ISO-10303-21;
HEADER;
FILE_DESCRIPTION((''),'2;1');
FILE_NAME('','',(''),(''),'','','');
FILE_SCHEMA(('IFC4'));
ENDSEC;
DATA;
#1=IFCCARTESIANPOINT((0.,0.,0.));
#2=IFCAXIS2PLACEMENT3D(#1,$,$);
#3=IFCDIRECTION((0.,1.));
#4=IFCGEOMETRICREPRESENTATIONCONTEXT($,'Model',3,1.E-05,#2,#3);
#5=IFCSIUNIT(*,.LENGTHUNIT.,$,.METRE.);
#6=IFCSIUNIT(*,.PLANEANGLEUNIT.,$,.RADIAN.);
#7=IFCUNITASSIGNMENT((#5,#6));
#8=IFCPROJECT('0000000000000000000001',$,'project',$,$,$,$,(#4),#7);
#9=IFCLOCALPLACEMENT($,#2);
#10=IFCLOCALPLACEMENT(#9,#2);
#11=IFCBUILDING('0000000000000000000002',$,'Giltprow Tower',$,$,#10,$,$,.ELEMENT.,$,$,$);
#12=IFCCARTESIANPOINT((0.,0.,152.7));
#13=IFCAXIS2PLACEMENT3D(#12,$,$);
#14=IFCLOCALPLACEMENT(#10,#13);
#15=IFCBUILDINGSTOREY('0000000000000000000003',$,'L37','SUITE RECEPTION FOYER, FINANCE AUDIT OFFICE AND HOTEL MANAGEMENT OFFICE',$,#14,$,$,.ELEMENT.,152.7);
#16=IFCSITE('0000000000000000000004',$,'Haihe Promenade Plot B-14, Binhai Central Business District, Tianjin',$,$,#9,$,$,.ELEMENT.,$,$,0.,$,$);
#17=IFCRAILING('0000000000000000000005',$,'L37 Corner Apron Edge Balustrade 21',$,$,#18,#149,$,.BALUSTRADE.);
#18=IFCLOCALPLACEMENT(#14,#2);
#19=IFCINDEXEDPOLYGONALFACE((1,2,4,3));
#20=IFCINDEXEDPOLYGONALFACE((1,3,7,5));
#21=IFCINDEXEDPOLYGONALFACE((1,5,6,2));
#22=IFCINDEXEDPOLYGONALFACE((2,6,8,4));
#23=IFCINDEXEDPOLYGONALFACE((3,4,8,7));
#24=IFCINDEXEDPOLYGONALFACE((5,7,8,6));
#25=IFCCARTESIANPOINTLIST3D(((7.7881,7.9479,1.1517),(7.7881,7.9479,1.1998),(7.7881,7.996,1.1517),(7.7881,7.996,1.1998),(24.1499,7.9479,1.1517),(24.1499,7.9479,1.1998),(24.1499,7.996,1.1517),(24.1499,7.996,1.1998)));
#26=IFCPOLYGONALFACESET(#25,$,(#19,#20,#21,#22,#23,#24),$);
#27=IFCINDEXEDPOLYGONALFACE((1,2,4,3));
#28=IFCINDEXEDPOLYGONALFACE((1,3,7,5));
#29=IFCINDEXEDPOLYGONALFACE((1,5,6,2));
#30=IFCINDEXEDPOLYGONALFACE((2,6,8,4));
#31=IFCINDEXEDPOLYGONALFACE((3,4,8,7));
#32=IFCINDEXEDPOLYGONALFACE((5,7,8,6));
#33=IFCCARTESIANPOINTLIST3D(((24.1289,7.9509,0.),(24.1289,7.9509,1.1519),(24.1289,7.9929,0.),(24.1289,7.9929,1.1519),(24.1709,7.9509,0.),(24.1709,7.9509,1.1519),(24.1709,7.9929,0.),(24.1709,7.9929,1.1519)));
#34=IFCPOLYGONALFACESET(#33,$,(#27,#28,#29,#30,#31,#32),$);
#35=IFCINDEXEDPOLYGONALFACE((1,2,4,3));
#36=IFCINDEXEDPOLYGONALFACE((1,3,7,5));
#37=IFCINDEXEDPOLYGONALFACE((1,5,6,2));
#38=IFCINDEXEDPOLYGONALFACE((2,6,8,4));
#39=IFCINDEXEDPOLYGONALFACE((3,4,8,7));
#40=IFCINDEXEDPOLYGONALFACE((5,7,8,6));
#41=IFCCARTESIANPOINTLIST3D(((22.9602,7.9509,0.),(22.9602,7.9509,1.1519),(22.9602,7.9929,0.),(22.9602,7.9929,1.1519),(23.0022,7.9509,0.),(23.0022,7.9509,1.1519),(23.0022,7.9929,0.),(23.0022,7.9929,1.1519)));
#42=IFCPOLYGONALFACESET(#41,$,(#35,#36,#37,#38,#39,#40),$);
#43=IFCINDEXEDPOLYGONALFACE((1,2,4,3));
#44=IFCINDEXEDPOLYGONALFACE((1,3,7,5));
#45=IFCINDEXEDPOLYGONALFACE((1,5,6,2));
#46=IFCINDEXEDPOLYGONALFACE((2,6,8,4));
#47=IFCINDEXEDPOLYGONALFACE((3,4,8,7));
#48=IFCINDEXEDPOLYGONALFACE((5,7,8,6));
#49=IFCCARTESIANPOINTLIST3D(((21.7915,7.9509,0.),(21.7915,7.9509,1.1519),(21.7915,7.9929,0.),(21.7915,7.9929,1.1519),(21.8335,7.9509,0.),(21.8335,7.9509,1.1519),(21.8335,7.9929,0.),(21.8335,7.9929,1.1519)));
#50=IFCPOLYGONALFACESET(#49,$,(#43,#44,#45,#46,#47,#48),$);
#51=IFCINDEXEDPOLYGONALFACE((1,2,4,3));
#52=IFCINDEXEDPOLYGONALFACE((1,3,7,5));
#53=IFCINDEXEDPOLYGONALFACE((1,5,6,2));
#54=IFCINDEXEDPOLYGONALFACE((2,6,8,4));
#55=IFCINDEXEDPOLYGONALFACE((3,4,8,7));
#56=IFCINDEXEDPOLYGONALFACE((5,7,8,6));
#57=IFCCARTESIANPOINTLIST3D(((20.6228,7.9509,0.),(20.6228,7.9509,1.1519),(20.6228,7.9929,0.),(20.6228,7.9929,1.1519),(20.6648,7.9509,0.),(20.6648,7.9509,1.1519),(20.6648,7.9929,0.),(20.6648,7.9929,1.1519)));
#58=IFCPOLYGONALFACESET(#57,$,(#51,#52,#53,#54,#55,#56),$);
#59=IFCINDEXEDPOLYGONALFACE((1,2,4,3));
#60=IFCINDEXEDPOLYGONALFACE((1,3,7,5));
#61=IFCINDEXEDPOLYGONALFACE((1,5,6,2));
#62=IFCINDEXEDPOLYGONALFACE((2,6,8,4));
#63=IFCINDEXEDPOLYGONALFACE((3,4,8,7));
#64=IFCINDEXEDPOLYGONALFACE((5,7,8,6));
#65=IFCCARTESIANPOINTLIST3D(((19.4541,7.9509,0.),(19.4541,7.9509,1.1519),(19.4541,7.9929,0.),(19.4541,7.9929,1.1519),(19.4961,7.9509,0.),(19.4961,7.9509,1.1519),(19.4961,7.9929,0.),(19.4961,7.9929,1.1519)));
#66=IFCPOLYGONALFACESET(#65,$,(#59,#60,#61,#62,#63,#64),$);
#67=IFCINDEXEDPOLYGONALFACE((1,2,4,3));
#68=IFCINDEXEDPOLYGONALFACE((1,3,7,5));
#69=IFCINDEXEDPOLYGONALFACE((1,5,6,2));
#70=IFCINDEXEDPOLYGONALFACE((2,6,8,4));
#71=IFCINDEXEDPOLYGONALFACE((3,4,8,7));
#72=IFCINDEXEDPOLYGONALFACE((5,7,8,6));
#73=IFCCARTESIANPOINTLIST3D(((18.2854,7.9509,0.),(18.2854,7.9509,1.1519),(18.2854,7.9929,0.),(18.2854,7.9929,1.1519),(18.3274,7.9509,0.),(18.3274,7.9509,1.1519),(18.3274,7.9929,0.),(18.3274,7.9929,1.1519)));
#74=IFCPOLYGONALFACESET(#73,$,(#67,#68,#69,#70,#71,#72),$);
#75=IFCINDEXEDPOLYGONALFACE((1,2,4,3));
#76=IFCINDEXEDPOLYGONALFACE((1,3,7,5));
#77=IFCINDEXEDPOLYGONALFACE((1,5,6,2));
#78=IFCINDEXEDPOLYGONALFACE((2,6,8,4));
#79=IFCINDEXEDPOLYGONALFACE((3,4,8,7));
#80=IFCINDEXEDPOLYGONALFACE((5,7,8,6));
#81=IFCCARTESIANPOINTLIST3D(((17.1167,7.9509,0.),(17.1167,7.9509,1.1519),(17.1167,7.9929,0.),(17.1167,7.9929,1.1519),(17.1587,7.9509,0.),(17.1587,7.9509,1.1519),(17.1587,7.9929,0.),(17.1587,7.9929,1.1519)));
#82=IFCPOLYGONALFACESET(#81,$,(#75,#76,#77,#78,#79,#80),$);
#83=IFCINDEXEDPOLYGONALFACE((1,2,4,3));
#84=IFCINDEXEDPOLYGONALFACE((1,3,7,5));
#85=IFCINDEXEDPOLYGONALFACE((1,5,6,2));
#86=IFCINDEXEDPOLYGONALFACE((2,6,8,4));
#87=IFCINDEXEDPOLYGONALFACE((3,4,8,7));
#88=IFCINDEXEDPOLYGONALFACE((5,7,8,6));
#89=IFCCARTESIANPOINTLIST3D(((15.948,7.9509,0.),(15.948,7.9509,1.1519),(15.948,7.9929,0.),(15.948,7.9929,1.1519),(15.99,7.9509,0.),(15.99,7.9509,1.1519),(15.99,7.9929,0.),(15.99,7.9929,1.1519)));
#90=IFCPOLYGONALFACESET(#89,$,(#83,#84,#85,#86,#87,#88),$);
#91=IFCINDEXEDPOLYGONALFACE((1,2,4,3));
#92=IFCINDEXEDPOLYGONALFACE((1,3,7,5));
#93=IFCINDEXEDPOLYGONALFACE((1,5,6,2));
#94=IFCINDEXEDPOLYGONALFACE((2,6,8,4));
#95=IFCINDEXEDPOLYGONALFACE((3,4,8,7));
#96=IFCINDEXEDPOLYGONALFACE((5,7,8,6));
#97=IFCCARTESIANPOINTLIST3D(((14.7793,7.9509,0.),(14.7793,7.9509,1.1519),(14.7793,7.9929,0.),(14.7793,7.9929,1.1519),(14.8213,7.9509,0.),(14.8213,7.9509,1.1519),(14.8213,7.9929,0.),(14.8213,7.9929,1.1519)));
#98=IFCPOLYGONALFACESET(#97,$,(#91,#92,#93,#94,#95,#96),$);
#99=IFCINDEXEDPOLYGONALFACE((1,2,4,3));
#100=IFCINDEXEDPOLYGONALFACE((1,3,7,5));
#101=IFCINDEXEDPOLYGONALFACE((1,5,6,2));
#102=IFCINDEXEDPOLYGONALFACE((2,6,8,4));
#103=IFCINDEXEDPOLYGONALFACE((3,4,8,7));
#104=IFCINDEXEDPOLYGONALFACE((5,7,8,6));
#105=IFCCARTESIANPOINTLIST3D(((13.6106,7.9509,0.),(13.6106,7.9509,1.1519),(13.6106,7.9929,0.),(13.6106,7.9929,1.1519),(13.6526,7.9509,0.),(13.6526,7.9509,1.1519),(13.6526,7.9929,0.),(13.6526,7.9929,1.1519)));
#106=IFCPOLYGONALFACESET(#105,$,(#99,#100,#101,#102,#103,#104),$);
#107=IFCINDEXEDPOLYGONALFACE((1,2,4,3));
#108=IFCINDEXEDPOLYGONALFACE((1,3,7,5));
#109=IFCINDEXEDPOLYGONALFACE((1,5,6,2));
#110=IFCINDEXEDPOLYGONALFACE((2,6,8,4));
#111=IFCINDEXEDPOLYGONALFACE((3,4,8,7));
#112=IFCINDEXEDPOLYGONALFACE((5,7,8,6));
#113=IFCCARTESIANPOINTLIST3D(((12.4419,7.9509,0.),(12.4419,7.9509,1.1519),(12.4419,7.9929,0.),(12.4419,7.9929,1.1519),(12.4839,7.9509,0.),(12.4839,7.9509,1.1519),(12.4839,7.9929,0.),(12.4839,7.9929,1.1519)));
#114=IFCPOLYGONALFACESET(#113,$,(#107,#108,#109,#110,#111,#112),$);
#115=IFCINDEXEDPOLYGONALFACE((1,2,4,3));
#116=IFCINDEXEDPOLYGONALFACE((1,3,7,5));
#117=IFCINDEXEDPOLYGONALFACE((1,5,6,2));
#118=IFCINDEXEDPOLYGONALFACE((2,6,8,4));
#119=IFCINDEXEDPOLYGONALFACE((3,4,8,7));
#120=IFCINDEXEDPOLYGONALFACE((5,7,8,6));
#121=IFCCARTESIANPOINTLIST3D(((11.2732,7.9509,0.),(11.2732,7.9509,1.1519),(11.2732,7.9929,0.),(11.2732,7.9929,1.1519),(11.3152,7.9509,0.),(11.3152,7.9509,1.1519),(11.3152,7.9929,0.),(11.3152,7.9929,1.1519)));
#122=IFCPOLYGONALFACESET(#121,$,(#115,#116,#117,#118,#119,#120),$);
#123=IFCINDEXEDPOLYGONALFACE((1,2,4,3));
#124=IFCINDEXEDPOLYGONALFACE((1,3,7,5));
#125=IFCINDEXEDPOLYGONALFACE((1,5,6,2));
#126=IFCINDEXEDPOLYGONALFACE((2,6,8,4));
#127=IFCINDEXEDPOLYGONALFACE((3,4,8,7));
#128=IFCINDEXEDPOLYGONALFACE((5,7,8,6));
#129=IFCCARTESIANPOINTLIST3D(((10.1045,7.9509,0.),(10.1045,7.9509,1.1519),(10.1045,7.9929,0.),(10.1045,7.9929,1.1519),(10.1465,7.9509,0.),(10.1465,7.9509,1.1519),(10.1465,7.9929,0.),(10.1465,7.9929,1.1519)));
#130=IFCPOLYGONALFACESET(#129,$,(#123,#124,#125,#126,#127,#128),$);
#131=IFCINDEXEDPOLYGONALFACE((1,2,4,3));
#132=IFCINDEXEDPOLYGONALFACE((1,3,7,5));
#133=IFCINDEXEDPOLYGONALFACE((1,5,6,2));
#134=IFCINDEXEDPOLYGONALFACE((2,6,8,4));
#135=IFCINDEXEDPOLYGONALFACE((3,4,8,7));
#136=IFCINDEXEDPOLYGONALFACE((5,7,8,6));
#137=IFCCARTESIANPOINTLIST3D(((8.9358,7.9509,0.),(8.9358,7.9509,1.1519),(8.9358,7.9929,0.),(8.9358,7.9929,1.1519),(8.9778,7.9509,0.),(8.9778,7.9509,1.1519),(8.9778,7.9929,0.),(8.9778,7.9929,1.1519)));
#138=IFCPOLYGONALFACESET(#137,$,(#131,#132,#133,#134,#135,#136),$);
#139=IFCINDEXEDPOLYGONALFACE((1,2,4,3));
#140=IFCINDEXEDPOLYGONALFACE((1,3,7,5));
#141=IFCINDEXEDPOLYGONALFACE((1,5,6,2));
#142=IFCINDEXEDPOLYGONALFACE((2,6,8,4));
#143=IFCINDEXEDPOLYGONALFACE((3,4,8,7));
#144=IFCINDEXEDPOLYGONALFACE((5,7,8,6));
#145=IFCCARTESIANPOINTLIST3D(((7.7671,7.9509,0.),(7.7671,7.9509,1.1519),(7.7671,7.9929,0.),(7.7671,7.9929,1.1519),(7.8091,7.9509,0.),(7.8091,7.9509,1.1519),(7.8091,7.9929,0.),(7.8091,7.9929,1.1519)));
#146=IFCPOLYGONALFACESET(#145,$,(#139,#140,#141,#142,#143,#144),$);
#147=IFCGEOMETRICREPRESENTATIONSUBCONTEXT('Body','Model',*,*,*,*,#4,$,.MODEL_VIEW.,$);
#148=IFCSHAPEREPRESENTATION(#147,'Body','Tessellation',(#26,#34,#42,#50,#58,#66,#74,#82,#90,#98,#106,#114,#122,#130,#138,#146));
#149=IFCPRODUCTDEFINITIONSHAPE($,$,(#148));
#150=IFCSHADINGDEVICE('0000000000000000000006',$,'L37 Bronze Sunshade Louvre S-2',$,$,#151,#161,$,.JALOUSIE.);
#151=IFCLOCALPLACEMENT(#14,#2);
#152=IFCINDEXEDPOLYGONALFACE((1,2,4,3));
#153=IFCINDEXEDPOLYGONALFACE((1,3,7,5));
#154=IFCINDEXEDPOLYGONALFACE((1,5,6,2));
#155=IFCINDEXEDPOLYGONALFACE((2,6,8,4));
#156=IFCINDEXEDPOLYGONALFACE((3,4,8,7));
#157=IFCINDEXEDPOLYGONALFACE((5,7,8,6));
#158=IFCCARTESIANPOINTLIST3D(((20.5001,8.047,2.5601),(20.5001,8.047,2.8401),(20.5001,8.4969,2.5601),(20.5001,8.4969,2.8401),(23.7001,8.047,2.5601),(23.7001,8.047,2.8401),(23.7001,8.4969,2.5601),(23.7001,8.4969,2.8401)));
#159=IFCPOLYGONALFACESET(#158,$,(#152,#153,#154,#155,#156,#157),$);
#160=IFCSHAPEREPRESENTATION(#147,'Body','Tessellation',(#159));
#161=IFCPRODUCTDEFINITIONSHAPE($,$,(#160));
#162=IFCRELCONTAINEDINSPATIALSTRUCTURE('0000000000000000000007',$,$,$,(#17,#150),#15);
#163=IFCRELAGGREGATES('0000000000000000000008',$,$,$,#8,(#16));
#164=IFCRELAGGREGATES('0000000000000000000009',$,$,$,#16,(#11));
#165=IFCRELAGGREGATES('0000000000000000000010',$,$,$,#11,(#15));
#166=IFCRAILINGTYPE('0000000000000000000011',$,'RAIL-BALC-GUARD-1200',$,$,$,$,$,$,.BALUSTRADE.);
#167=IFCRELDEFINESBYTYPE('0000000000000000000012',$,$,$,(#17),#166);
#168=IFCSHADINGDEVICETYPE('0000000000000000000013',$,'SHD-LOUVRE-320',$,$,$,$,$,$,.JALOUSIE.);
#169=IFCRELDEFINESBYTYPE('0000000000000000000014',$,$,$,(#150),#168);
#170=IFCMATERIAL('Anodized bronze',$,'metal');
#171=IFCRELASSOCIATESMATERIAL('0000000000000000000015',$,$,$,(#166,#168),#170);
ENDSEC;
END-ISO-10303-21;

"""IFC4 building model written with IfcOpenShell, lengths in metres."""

from ifc_helpers import new_model, si_unit, direction, frame, origin, origin_2d, place, context, subcontext, project, spatial, rectangle, extrude, source, transform, mapped, material, type_object, element, save


model = new_model("IFC4")

# Units and contexts
model_context = context("Model", 3, precision=1e-05, world=origin(), true_north=direction((0.0, 1.0)))
body_context = subcontext(model_context, "Body", "Model", "MODEL_VIEW")
ifc_project = project(units=[si_unit("LENGTHUNIT", "METRE"), si_unit("PLANEANGLEUNIT", "RADIAN")], contexts=[model_context])

# Site, building, storey
site_placement = place(None, origin())
site = spatial("IfcSite", under=ifc_project, at=site_placement, Name="Haihe Promenade Plot B-14, Binhai Central Business District, Tianjin", CompositionType="ELEMENT", RefElevation=0.0)
building_placement = place(site_placement, origin())
building = spatial("IfcBuilding", under=site, at=building_placement, Name="Giltprow Tower", CompositionType="ELEMENT")
storey_placement = place(building_placement, frame((0.0, 0.0, 152.7)))
storey = spatial("IfcBuildingStorey", under=building, at=storey_placement, Name="L37", Description="SUITE RECEPTION FOYER, FINANCE AUDIT OFFICE AND HOTEL MANAGEMENT OFFICE", CompositionType="ELEMENT", Elevation=152.7)

# Railing
ifc_material_1 = material(Name="Anodized bronze", Category="metal")
railing_type = type_object("IfcRailingType", Name="RAIL-BALC-GUARD-1200", PredefinedType="BALUSTRADE", material=ifc_material_1)
railing_1_placement = place(storey_placement, frame((24.1499, 7.9719, 0.0)))
element("IfcRailing", 1, at=railing_1_placement, inside=storey, type_object=railing_type, Name="L37 Corner Apron Edge Balustrade 21", PredefinedType="BALUSTRADE", context=body_context, shape_type="SweptSolid", body=[
    extrude(rectangle(XDim=0.0481, YDim=0.0481, at=origin_2d()), frame((0.0, 0.0, 1.1758), z_axis=(-1.0, 0.0, 0.0), x_axis=(0.0, -1.0, 0.0)), (0.0, 0.0, 1.0), 16.3618),
    extrude(rectangle(XDim=0.042, YDim=0.042, at=origin_2d()), origin(), (0.0, 0.0, 1.0), 1.1519),
    extrude(rectangle(XDim=0.042, YDim=0.042, at=origin_2d()), frame((-1.1687, 0.0, 0.0)), (0.0, 0.0, 1.0), 1.1519),
    extrude(rectangle(XDim=0.042, YDim=0.042, at=origin_2d()), frame((-2.3374, 0.0, 0.0)), (0.0, 0.0, 1.0), 1.1519),
    extrude(rectangle(XDim=0.042, YDim=0.042, at=origin_2d()), frame((-3.5061, 0.0, 0.0)), (0.0, 0.0, 1.0), 1.1519),
    extrude(rectangle(XDim=0.042, YDim=0.042, at=origin_2d()), frame((-4.6748, 0.0, 0.0)), (0.0, 0.0, 1.0), 1.1519),
    extrude(rectangle(XDim=0.042, YDim=0.042, at=origin_2d()), frame((-5.8435, 0.0, 0.0)), (0.0, 0.0, 1.0), 1.1519),
    extrude(rectangle(XDim=0.042, YDim=0.042, at=origin_2d()), frame((-7.0122, 0.0, 0.0)), (0.0, 0.0, 1.0), 1.1519),
    extrude(rectangle(XDim=0.042, YDim=0.042, at=origin_2d()), frame((-8.1809, 0.0, 0.0)), (0.0, 0.0, 1.0), 1.1519),
    extrude(rectangle(XDim=0.042, YDim=0.042, at=origin_2d()), frame((-9.3496, 0.0, 0.0)), (0.0, 0.0, 1.0), 1.1519),
    extrude(rectangle(XDim=0.042, YDim=0.042, at=origin_2d()), frame((-10.5183, 0.0, 0.0)), (0.0, 0.0, 1.0), 1.1519),
    extrude(rectangle(XDim=0.042, YDim=0.042, at=origin_2d()), frame((-11.687, 0.0, 0.0)), (0.0, 0.0, 1.0), 1.1519),
    extrude(rectangle(XDim=0.042, YDim=0.042, at=origin_2d()), frame((-12.8557, 0.0, 0.0)), (0.0, 0.0, 1.0), 1.1519),
    extrude(rectangle(XDim=0.042, YDim=0.042, at=origin_2d()), frame((-14.0244, 0.0, 0.0)), (0.0, 0.0, 1.0), 1.1519),
    extrude(rectangle(XDim=0.042, YDim=0.042, at=origin_2d()), frame((-15.1931, 0.0, 0.0)), (0.0, 0.0, 1.0), 1.1519),
    extrude(rectangle(XDim=0.042, YDim=0.042, at=origin_2d()), frame((-16.3618, 0.0, 0.0)), (0.0, 0.0, 1.0), 1.1519),
])

# Shading device
shading_device_type = type_object("IfcShadingDeviceType", Name="SHD-LOUVRE-320", PredefinedType="JALOUSIE", material=ifc_material_1)
shared_shape_1 = source(origin(), body_context, "Body", "SweptSolid", [
    extrude(rectangle(XDim=3.2, YDim=0.45, at=origin_2d()), origin(), (0.0, 0.0, 1.0), 0.28),
])
shading_device_placement = place(storey_placement, frame((22.1001, 8.272, 2.5601), z_axis=(0.0, 0.0, 1.0), x_axis=(1.0, 0.0, 0.0)))
element("IfcShadingDevice", 2, at=shading_device_placement, inside=storey, type_object=shading_device_type, Name="L37 Bronze Sunshade Louvre S-2", PredefinedType="JALOUSIE", context=body_context, shape_type="MappedRepresentation", body=[
    mapped(shared_shape_1, transform((0.0, 0.0, 0.0), x_axis=(1.0, 0.0, 0.0), y_axis=(0.0, 1.0, 0.0), z_axis=(0.0, 0.0, 1.0), scale=1.0)),
])

save(model, "model.ifc")
